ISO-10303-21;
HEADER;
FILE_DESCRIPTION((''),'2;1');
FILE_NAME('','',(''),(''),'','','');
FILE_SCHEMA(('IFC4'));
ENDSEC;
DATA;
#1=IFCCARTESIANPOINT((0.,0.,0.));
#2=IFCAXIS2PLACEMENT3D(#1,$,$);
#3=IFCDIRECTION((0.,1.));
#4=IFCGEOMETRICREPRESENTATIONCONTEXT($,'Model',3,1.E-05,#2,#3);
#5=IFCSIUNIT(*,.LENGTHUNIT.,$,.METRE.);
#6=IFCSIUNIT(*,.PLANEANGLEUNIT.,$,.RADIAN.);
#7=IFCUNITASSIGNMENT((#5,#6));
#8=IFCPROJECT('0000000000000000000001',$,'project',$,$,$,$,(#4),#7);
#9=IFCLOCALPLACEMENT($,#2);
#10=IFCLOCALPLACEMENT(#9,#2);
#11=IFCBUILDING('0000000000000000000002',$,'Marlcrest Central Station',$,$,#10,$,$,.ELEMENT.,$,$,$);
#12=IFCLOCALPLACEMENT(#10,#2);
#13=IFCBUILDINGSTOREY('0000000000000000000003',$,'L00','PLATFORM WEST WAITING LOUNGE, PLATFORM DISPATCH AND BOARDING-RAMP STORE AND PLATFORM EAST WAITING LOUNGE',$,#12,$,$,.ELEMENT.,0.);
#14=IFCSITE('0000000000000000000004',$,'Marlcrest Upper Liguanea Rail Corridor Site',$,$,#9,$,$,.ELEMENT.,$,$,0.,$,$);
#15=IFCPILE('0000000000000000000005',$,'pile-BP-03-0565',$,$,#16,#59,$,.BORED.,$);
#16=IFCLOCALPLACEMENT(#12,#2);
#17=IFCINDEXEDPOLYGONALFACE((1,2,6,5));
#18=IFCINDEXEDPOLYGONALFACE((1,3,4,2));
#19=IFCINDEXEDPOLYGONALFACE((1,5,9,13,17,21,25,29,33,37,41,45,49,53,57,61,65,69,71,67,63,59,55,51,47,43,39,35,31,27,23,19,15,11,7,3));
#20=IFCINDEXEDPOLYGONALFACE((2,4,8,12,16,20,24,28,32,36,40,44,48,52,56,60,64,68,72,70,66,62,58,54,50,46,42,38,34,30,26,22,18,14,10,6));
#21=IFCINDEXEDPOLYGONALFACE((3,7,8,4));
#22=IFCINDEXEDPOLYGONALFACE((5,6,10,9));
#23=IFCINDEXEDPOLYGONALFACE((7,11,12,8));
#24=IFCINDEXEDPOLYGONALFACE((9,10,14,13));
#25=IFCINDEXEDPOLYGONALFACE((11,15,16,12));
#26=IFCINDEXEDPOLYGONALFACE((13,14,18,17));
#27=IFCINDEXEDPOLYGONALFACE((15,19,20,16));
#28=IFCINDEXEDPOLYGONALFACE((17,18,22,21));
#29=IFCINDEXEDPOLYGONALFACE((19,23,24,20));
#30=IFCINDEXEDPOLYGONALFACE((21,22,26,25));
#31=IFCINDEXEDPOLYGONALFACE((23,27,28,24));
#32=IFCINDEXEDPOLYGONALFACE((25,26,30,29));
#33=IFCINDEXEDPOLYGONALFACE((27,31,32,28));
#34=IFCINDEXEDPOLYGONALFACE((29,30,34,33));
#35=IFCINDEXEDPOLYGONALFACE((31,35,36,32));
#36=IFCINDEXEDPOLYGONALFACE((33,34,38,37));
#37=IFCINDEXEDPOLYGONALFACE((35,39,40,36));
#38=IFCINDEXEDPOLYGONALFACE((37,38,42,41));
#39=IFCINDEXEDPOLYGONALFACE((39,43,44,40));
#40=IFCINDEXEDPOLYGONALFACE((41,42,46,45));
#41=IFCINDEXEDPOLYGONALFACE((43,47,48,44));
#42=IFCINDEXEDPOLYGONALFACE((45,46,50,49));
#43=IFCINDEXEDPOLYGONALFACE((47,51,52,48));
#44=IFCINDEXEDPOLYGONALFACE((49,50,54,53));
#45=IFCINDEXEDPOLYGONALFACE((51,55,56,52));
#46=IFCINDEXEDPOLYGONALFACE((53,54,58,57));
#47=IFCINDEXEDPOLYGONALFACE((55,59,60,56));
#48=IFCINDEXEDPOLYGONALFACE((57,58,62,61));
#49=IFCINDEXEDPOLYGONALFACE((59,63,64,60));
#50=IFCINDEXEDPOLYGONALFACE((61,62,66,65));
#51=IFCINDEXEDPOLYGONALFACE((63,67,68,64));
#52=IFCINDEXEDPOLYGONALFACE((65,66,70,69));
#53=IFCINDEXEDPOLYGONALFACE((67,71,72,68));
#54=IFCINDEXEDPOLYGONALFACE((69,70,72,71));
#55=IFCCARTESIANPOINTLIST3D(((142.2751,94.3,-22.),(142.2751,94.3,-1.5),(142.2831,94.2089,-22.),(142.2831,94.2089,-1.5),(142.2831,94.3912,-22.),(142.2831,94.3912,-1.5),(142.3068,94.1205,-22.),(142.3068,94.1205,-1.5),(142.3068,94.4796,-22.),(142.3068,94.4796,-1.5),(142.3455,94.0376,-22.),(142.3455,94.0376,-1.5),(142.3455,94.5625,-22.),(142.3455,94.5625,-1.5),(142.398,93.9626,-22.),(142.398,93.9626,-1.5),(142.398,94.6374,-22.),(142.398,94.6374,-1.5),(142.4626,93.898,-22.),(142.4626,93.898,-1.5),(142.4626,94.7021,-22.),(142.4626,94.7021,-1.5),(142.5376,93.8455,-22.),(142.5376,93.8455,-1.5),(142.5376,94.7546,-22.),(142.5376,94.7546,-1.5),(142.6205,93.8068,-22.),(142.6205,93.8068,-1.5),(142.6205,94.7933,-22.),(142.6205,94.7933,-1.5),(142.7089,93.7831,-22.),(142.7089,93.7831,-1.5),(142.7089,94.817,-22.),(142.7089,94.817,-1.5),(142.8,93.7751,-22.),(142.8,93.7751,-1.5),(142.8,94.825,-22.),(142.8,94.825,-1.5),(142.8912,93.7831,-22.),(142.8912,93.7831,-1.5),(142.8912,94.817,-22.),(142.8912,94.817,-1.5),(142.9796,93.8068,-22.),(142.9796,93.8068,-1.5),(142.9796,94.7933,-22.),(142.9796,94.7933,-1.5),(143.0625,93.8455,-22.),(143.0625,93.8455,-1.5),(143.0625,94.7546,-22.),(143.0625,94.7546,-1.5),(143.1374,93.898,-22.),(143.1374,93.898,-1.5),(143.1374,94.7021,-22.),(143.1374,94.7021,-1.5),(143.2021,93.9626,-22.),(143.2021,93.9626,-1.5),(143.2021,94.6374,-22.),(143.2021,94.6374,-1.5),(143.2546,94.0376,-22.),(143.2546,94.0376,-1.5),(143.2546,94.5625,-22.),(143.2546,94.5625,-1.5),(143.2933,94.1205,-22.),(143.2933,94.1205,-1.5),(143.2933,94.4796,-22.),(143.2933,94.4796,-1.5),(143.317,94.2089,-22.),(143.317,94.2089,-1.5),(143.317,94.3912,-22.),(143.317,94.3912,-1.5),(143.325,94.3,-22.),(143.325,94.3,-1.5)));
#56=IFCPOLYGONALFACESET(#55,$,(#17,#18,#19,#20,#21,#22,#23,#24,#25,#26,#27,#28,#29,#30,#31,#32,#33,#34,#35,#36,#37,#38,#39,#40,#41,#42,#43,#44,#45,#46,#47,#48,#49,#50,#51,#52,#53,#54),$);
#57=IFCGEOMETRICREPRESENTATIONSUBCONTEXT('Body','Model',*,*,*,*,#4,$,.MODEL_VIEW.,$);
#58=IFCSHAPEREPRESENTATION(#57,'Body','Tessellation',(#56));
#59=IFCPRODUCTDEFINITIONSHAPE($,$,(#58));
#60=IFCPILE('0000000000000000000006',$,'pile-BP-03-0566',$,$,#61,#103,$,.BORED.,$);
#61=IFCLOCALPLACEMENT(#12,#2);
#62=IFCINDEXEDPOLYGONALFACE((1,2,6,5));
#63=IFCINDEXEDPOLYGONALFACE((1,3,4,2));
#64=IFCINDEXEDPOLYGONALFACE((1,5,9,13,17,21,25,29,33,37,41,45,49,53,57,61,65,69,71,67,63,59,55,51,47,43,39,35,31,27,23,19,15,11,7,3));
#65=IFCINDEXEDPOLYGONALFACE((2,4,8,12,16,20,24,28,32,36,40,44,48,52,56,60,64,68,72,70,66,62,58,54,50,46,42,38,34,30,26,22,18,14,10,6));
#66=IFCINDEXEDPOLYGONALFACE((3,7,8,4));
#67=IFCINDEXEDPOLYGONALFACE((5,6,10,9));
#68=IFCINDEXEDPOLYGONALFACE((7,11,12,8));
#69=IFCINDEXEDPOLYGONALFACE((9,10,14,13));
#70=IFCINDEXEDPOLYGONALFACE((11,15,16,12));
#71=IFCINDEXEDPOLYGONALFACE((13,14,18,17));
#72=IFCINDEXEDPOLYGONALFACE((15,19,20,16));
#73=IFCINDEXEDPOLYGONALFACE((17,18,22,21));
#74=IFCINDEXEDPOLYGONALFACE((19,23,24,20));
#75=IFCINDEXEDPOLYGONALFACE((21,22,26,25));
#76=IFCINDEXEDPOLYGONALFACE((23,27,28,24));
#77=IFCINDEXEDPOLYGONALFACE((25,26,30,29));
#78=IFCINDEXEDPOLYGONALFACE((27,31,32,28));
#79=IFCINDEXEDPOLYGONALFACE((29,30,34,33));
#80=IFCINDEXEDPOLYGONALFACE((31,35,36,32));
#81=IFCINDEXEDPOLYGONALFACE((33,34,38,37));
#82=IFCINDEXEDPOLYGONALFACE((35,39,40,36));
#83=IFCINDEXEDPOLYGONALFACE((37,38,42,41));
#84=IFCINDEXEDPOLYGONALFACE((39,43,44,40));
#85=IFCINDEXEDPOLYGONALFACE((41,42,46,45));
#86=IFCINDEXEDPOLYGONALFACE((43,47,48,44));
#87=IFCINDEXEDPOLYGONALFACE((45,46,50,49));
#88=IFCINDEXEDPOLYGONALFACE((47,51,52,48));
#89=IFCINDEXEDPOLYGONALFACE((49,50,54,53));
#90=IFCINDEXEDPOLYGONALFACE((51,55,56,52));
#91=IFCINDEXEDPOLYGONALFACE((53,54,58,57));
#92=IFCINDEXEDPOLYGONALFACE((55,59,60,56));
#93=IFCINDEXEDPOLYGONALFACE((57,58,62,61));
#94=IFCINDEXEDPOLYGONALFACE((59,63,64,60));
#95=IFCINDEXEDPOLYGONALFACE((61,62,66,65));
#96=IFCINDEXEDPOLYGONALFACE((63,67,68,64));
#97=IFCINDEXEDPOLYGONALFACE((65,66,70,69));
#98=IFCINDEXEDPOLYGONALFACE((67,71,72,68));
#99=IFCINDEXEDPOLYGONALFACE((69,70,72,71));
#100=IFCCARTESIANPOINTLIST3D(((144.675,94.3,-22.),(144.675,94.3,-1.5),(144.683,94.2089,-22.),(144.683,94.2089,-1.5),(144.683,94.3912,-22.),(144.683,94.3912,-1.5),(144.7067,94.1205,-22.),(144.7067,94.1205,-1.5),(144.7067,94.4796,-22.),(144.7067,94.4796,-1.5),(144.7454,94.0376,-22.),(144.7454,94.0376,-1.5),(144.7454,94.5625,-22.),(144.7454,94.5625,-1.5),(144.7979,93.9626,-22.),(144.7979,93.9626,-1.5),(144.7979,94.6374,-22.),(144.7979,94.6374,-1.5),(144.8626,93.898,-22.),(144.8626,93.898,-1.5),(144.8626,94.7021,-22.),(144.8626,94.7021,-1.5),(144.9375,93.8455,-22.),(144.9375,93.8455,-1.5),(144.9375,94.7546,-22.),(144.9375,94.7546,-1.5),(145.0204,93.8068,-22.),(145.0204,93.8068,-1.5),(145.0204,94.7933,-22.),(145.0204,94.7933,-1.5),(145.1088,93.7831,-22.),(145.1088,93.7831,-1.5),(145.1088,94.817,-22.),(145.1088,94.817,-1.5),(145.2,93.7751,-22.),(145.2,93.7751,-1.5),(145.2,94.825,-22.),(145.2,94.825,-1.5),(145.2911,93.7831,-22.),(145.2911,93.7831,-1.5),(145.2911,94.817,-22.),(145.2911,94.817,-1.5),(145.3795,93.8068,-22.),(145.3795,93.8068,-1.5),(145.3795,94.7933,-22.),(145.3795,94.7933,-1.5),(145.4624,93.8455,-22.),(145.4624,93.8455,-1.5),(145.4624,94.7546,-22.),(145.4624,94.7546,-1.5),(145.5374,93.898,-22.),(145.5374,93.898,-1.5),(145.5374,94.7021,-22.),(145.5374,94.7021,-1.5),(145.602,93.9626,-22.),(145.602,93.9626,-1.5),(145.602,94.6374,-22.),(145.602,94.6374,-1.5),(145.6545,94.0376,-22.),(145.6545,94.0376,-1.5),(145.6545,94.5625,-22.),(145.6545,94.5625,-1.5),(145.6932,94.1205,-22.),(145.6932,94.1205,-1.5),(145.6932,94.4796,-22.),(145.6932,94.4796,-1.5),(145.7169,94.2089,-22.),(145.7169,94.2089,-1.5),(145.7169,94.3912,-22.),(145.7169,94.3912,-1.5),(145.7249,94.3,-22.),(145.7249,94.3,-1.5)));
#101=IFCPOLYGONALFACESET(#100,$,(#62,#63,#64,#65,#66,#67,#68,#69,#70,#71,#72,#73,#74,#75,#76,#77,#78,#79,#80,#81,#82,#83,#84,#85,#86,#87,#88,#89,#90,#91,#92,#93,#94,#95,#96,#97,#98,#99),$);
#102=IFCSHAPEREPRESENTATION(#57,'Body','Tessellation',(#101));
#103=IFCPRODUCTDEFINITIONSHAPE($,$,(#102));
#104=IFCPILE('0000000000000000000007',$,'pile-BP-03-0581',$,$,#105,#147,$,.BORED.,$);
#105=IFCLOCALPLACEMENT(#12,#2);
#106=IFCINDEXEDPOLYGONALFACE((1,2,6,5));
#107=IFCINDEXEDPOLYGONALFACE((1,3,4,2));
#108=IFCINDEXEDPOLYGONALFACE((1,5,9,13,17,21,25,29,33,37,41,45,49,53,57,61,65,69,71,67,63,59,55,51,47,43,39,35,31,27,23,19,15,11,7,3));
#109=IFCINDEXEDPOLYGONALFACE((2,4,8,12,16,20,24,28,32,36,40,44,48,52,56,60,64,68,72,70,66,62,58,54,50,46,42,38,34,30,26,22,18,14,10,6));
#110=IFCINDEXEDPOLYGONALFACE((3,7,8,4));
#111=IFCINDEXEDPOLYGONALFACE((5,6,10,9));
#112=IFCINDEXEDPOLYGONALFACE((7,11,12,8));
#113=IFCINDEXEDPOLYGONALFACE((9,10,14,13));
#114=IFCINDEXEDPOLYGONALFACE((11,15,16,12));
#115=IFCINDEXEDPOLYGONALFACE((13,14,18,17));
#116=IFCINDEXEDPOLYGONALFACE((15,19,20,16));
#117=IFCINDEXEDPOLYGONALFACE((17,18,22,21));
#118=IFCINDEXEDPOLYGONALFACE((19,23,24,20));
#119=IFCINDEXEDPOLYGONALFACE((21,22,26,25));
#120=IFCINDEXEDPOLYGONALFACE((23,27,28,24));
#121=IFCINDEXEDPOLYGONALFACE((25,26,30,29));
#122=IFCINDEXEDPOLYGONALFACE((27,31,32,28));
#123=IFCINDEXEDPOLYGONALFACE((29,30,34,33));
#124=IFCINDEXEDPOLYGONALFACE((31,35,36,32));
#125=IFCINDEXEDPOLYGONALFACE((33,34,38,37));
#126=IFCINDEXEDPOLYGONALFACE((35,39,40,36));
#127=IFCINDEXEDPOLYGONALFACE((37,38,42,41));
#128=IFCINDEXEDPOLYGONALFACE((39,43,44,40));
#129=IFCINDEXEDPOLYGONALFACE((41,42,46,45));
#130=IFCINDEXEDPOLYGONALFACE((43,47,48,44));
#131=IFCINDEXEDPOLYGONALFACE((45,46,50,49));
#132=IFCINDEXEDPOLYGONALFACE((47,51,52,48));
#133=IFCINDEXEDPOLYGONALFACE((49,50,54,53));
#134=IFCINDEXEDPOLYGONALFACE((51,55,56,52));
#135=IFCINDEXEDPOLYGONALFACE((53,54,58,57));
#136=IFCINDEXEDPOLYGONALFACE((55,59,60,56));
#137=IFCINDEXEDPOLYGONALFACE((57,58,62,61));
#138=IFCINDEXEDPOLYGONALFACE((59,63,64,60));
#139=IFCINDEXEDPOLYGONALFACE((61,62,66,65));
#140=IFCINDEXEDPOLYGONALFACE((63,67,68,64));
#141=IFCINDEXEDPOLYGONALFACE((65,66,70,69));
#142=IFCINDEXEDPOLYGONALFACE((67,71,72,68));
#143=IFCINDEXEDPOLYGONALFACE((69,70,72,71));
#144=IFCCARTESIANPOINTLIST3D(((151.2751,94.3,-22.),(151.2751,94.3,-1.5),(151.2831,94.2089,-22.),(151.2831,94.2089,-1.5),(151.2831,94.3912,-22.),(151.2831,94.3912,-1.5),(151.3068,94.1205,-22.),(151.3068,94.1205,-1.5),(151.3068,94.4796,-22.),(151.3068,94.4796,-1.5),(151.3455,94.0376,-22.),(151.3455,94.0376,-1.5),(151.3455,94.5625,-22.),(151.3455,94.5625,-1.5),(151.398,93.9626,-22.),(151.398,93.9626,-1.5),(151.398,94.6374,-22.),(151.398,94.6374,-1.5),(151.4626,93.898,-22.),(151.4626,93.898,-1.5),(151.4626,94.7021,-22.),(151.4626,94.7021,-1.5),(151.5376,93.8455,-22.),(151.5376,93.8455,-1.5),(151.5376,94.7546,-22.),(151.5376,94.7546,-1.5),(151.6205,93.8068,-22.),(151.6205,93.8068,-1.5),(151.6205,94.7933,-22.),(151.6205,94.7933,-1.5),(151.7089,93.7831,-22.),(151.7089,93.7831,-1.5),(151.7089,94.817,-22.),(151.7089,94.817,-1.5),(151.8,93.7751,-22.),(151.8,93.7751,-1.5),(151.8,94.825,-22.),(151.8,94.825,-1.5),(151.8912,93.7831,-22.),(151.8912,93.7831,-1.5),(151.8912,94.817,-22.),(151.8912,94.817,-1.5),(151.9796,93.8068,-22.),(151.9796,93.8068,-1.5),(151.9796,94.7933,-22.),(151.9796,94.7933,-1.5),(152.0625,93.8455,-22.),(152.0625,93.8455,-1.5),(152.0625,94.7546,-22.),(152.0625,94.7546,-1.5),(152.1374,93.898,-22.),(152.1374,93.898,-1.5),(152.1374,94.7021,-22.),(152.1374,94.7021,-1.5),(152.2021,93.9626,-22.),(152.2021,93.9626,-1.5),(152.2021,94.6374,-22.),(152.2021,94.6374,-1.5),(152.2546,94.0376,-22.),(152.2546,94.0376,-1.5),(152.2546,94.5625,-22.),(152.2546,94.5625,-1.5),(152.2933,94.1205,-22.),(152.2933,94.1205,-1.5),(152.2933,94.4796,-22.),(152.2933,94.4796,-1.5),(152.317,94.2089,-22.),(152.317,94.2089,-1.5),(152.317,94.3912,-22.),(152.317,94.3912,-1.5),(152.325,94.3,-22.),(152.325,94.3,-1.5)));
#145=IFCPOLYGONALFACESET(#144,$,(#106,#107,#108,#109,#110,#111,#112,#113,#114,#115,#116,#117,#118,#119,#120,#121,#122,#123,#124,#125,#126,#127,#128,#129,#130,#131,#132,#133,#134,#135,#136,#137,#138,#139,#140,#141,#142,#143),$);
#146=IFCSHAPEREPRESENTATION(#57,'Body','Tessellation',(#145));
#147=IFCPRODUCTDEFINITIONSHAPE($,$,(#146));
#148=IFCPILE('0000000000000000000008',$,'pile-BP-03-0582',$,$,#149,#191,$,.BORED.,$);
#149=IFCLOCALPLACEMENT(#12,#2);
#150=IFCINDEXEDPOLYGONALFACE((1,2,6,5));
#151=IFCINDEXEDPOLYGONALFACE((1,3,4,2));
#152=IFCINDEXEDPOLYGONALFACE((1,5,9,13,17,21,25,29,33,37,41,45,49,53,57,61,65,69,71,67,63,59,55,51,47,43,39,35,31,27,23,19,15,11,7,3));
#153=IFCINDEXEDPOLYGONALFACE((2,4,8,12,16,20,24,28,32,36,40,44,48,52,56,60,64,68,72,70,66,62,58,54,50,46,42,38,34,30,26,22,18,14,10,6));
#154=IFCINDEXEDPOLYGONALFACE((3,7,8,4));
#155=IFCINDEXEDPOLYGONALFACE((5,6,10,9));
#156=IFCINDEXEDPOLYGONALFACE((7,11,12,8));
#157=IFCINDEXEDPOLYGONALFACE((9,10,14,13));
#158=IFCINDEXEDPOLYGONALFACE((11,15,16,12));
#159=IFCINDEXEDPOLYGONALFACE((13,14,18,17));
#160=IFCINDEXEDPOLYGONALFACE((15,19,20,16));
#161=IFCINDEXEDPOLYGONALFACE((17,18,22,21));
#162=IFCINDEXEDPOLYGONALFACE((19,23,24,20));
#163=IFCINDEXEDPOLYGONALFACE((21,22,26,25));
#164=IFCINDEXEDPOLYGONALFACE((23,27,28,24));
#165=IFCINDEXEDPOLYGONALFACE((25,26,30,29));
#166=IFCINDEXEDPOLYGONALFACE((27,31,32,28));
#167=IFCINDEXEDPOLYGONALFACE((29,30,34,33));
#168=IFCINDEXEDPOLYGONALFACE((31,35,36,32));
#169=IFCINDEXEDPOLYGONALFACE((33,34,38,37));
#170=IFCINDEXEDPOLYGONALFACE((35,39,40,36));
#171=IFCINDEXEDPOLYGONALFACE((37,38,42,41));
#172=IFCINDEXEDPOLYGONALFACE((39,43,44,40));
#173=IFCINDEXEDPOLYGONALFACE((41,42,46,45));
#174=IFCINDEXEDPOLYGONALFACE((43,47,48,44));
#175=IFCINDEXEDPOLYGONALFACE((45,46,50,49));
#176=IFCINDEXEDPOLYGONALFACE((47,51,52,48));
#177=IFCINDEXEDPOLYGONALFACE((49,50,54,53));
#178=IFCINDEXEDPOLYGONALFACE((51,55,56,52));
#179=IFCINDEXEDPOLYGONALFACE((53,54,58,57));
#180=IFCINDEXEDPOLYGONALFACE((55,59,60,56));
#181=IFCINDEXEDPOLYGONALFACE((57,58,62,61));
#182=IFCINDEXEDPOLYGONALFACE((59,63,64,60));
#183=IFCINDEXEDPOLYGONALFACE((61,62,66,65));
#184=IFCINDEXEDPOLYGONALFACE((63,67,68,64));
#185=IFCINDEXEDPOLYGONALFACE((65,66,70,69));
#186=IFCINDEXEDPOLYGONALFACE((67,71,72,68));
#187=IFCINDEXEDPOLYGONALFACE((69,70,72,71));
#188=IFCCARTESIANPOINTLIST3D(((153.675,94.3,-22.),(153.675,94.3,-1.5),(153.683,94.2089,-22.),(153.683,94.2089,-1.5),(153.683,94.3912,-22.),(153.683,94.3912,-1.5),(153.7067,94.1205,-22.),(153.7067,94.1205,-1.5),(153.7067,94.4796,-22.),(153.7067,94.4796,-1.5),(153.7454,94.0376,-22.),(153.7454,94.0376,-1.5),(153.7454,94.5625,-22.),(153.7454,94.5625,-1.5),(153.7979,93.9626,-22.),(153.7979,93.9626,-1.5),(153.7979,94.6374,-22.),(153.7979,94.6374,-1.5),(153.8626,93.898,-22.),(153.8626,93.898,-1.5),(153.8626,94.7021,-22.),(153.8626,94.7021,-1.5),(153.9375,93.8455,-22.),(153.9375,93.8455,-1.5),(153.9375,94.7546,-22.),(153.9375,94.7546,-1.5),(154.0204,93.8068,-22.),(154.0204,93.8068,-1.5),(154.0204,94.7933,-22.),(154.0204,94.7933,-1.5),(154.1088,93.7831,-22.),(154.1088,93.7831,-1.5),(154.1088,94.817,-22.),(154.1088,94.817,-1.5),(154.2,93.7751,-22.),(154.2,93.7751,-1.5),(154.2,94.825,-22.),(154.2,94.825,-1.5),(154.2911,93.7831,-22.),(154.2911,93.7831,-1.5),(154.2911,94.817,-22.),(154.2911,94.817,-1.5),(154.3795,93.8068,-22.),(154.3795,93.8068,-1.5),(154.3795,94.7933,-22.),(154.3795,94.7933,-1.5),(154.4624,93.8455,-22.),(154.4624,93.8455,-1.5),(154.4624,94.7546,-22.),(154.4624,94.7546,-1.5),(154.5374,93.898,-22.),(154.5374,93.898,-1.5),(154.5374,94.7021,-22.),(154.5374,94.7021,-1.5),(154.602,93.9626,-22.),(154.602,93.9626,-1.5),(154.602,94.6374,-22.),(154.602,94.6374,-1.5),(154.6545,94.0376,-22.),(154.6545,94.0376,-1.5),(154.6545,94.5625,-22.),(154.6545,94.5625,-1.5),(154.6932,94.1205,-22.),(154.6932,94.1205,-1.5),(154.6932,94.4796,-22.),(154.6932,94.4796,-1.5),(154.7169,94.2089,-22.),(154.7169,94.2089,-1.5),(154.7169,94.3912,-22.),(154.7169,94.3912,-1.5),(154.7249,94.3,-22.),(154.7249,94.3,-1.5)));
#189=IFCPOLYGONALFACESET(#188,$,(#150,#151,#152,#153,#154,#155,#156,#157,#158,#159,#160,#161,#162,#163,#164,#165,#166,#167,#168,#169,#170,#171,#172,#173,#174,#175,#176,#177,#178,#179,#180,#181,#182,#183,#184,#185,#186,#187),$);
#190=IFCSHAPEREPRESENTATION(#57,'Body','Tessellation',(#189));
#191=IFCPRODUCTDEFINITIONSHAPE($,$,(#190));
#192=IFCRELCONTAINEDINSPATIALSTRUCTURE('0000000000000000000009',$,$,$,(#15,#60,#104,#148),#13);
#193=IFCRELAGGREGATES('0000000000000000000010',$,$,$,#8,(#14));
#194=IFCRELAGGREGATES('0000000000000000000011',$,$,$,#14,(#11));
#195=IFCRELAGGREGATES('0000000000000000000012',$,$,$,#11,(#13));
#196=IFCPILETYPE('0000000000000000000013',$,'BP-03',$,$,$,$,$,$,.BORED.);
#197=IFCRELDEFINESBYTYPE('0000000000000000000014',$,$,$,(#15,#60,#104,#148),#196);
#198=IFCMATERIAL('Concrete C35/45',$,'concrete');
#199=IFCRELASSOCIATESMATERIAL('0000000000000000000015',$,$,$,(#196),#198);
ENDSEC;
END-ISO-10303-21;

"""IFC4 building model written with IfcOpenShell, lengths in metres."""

from ifc_helpers import new_model, si_unit, direction, frame, origin, origin_2d, place, context, subcontext, project, spatial, circle, extrude, material, material_profile, profile_set, type_object, element, save


model = new_model("IFC4")

# Units and contexts
model_context = context("Model", 3, precision=1e-05, world=origin(), true_north=direction((0.0, 1.0)))
body_context = subcontext(model_context, "Body", "Model", "MODEL_VIEW")
ifc_project = project(units=[si_unit("LENGTHUNIT", "METRE"), si_unit("PLANEANGLEUNIT", "RADIAN")], contexts=[model_context])

# Site, building, storey
site_placement = place(None, origin())
site = spatial("IfcSite", under=ifc_project, at=site_placement, Name="Marlcrest Upper Liguanea Rail Corridor Site", CompositionType="ELEMENT", RefElevation=0.0)
building_placement = place(site_placement, origin())
building = spatial("IfcBuilding", under=site, at=building_placement, Name="Marlcrest Central Station", CompositionType="ELEMENT")
storey_placement = place(building_placement, origin())
storey = spatial("IfcBuildingStorey", under=building, at=storey_placement, Name="L00", Description="PLATFORM WEST WAITING LOUNGE, PLATFORM DISPATCH AND BOARDING-RAMP STORE AND PLATFORM EAST WAITING LOUNGE", CompositionType="ELEMENT", Elevation=0.0)

# Piles
ifc_material_1 = material(Name="Concrete C35/45", Category="concrete")
ifc_material_profile_1 = material_profile(ifc_material_1, circle(Radius=0.5249, at=origin_2d()), Name="PILE D1050")
ifc_profile_set_1 = profile_set([ifc_material_profile_1], Name="Concrete C35/45")
pile_type_1 = type_object("IfcPileType", Name="BP-03", PredefinedType="BORED", material=ifc_profile_set_1)
for number, where, z_axis, x_axis, name in (
    (1, (142.8, 94.3, -1.5), (0.0, 0.0, -1.0), (1.0, 0.0, 0.0), "pile-BP-03-0565"),
    (2, (145.2, 94.3, -1.5), (0.0, 0.0, -1.0), (1.0, 0.0, 0.0), "pile-BP-03-0566"),
    (3, (151.8, 94.3, -1.5), (0.0, 0.0, -1.0), (1.0, 0.0, 0.0), "pile-BP-03-0581"),
    (4, (154.2, 94.3, -1.5), (0.0, 0.0, -1.0), (1.0, 0.0, 0.0), "pile-BP-03-0582"),
):
    element("IfcPile", number, at=place(storey_placement, frame(where, z_axis=z_axis, x_axis=x_axis)), inside=storey, type_object=pile_type_1, Name=name, PredefinedType="BORED", context=body_context, shape_type="SweptSolid", body=[
        extrude(circle(Radius=0.5249, at=origin_2d()), origin(), (0.0, 0.0, 1.0), 20.5),
    ])

save(model, "model.ifc")
